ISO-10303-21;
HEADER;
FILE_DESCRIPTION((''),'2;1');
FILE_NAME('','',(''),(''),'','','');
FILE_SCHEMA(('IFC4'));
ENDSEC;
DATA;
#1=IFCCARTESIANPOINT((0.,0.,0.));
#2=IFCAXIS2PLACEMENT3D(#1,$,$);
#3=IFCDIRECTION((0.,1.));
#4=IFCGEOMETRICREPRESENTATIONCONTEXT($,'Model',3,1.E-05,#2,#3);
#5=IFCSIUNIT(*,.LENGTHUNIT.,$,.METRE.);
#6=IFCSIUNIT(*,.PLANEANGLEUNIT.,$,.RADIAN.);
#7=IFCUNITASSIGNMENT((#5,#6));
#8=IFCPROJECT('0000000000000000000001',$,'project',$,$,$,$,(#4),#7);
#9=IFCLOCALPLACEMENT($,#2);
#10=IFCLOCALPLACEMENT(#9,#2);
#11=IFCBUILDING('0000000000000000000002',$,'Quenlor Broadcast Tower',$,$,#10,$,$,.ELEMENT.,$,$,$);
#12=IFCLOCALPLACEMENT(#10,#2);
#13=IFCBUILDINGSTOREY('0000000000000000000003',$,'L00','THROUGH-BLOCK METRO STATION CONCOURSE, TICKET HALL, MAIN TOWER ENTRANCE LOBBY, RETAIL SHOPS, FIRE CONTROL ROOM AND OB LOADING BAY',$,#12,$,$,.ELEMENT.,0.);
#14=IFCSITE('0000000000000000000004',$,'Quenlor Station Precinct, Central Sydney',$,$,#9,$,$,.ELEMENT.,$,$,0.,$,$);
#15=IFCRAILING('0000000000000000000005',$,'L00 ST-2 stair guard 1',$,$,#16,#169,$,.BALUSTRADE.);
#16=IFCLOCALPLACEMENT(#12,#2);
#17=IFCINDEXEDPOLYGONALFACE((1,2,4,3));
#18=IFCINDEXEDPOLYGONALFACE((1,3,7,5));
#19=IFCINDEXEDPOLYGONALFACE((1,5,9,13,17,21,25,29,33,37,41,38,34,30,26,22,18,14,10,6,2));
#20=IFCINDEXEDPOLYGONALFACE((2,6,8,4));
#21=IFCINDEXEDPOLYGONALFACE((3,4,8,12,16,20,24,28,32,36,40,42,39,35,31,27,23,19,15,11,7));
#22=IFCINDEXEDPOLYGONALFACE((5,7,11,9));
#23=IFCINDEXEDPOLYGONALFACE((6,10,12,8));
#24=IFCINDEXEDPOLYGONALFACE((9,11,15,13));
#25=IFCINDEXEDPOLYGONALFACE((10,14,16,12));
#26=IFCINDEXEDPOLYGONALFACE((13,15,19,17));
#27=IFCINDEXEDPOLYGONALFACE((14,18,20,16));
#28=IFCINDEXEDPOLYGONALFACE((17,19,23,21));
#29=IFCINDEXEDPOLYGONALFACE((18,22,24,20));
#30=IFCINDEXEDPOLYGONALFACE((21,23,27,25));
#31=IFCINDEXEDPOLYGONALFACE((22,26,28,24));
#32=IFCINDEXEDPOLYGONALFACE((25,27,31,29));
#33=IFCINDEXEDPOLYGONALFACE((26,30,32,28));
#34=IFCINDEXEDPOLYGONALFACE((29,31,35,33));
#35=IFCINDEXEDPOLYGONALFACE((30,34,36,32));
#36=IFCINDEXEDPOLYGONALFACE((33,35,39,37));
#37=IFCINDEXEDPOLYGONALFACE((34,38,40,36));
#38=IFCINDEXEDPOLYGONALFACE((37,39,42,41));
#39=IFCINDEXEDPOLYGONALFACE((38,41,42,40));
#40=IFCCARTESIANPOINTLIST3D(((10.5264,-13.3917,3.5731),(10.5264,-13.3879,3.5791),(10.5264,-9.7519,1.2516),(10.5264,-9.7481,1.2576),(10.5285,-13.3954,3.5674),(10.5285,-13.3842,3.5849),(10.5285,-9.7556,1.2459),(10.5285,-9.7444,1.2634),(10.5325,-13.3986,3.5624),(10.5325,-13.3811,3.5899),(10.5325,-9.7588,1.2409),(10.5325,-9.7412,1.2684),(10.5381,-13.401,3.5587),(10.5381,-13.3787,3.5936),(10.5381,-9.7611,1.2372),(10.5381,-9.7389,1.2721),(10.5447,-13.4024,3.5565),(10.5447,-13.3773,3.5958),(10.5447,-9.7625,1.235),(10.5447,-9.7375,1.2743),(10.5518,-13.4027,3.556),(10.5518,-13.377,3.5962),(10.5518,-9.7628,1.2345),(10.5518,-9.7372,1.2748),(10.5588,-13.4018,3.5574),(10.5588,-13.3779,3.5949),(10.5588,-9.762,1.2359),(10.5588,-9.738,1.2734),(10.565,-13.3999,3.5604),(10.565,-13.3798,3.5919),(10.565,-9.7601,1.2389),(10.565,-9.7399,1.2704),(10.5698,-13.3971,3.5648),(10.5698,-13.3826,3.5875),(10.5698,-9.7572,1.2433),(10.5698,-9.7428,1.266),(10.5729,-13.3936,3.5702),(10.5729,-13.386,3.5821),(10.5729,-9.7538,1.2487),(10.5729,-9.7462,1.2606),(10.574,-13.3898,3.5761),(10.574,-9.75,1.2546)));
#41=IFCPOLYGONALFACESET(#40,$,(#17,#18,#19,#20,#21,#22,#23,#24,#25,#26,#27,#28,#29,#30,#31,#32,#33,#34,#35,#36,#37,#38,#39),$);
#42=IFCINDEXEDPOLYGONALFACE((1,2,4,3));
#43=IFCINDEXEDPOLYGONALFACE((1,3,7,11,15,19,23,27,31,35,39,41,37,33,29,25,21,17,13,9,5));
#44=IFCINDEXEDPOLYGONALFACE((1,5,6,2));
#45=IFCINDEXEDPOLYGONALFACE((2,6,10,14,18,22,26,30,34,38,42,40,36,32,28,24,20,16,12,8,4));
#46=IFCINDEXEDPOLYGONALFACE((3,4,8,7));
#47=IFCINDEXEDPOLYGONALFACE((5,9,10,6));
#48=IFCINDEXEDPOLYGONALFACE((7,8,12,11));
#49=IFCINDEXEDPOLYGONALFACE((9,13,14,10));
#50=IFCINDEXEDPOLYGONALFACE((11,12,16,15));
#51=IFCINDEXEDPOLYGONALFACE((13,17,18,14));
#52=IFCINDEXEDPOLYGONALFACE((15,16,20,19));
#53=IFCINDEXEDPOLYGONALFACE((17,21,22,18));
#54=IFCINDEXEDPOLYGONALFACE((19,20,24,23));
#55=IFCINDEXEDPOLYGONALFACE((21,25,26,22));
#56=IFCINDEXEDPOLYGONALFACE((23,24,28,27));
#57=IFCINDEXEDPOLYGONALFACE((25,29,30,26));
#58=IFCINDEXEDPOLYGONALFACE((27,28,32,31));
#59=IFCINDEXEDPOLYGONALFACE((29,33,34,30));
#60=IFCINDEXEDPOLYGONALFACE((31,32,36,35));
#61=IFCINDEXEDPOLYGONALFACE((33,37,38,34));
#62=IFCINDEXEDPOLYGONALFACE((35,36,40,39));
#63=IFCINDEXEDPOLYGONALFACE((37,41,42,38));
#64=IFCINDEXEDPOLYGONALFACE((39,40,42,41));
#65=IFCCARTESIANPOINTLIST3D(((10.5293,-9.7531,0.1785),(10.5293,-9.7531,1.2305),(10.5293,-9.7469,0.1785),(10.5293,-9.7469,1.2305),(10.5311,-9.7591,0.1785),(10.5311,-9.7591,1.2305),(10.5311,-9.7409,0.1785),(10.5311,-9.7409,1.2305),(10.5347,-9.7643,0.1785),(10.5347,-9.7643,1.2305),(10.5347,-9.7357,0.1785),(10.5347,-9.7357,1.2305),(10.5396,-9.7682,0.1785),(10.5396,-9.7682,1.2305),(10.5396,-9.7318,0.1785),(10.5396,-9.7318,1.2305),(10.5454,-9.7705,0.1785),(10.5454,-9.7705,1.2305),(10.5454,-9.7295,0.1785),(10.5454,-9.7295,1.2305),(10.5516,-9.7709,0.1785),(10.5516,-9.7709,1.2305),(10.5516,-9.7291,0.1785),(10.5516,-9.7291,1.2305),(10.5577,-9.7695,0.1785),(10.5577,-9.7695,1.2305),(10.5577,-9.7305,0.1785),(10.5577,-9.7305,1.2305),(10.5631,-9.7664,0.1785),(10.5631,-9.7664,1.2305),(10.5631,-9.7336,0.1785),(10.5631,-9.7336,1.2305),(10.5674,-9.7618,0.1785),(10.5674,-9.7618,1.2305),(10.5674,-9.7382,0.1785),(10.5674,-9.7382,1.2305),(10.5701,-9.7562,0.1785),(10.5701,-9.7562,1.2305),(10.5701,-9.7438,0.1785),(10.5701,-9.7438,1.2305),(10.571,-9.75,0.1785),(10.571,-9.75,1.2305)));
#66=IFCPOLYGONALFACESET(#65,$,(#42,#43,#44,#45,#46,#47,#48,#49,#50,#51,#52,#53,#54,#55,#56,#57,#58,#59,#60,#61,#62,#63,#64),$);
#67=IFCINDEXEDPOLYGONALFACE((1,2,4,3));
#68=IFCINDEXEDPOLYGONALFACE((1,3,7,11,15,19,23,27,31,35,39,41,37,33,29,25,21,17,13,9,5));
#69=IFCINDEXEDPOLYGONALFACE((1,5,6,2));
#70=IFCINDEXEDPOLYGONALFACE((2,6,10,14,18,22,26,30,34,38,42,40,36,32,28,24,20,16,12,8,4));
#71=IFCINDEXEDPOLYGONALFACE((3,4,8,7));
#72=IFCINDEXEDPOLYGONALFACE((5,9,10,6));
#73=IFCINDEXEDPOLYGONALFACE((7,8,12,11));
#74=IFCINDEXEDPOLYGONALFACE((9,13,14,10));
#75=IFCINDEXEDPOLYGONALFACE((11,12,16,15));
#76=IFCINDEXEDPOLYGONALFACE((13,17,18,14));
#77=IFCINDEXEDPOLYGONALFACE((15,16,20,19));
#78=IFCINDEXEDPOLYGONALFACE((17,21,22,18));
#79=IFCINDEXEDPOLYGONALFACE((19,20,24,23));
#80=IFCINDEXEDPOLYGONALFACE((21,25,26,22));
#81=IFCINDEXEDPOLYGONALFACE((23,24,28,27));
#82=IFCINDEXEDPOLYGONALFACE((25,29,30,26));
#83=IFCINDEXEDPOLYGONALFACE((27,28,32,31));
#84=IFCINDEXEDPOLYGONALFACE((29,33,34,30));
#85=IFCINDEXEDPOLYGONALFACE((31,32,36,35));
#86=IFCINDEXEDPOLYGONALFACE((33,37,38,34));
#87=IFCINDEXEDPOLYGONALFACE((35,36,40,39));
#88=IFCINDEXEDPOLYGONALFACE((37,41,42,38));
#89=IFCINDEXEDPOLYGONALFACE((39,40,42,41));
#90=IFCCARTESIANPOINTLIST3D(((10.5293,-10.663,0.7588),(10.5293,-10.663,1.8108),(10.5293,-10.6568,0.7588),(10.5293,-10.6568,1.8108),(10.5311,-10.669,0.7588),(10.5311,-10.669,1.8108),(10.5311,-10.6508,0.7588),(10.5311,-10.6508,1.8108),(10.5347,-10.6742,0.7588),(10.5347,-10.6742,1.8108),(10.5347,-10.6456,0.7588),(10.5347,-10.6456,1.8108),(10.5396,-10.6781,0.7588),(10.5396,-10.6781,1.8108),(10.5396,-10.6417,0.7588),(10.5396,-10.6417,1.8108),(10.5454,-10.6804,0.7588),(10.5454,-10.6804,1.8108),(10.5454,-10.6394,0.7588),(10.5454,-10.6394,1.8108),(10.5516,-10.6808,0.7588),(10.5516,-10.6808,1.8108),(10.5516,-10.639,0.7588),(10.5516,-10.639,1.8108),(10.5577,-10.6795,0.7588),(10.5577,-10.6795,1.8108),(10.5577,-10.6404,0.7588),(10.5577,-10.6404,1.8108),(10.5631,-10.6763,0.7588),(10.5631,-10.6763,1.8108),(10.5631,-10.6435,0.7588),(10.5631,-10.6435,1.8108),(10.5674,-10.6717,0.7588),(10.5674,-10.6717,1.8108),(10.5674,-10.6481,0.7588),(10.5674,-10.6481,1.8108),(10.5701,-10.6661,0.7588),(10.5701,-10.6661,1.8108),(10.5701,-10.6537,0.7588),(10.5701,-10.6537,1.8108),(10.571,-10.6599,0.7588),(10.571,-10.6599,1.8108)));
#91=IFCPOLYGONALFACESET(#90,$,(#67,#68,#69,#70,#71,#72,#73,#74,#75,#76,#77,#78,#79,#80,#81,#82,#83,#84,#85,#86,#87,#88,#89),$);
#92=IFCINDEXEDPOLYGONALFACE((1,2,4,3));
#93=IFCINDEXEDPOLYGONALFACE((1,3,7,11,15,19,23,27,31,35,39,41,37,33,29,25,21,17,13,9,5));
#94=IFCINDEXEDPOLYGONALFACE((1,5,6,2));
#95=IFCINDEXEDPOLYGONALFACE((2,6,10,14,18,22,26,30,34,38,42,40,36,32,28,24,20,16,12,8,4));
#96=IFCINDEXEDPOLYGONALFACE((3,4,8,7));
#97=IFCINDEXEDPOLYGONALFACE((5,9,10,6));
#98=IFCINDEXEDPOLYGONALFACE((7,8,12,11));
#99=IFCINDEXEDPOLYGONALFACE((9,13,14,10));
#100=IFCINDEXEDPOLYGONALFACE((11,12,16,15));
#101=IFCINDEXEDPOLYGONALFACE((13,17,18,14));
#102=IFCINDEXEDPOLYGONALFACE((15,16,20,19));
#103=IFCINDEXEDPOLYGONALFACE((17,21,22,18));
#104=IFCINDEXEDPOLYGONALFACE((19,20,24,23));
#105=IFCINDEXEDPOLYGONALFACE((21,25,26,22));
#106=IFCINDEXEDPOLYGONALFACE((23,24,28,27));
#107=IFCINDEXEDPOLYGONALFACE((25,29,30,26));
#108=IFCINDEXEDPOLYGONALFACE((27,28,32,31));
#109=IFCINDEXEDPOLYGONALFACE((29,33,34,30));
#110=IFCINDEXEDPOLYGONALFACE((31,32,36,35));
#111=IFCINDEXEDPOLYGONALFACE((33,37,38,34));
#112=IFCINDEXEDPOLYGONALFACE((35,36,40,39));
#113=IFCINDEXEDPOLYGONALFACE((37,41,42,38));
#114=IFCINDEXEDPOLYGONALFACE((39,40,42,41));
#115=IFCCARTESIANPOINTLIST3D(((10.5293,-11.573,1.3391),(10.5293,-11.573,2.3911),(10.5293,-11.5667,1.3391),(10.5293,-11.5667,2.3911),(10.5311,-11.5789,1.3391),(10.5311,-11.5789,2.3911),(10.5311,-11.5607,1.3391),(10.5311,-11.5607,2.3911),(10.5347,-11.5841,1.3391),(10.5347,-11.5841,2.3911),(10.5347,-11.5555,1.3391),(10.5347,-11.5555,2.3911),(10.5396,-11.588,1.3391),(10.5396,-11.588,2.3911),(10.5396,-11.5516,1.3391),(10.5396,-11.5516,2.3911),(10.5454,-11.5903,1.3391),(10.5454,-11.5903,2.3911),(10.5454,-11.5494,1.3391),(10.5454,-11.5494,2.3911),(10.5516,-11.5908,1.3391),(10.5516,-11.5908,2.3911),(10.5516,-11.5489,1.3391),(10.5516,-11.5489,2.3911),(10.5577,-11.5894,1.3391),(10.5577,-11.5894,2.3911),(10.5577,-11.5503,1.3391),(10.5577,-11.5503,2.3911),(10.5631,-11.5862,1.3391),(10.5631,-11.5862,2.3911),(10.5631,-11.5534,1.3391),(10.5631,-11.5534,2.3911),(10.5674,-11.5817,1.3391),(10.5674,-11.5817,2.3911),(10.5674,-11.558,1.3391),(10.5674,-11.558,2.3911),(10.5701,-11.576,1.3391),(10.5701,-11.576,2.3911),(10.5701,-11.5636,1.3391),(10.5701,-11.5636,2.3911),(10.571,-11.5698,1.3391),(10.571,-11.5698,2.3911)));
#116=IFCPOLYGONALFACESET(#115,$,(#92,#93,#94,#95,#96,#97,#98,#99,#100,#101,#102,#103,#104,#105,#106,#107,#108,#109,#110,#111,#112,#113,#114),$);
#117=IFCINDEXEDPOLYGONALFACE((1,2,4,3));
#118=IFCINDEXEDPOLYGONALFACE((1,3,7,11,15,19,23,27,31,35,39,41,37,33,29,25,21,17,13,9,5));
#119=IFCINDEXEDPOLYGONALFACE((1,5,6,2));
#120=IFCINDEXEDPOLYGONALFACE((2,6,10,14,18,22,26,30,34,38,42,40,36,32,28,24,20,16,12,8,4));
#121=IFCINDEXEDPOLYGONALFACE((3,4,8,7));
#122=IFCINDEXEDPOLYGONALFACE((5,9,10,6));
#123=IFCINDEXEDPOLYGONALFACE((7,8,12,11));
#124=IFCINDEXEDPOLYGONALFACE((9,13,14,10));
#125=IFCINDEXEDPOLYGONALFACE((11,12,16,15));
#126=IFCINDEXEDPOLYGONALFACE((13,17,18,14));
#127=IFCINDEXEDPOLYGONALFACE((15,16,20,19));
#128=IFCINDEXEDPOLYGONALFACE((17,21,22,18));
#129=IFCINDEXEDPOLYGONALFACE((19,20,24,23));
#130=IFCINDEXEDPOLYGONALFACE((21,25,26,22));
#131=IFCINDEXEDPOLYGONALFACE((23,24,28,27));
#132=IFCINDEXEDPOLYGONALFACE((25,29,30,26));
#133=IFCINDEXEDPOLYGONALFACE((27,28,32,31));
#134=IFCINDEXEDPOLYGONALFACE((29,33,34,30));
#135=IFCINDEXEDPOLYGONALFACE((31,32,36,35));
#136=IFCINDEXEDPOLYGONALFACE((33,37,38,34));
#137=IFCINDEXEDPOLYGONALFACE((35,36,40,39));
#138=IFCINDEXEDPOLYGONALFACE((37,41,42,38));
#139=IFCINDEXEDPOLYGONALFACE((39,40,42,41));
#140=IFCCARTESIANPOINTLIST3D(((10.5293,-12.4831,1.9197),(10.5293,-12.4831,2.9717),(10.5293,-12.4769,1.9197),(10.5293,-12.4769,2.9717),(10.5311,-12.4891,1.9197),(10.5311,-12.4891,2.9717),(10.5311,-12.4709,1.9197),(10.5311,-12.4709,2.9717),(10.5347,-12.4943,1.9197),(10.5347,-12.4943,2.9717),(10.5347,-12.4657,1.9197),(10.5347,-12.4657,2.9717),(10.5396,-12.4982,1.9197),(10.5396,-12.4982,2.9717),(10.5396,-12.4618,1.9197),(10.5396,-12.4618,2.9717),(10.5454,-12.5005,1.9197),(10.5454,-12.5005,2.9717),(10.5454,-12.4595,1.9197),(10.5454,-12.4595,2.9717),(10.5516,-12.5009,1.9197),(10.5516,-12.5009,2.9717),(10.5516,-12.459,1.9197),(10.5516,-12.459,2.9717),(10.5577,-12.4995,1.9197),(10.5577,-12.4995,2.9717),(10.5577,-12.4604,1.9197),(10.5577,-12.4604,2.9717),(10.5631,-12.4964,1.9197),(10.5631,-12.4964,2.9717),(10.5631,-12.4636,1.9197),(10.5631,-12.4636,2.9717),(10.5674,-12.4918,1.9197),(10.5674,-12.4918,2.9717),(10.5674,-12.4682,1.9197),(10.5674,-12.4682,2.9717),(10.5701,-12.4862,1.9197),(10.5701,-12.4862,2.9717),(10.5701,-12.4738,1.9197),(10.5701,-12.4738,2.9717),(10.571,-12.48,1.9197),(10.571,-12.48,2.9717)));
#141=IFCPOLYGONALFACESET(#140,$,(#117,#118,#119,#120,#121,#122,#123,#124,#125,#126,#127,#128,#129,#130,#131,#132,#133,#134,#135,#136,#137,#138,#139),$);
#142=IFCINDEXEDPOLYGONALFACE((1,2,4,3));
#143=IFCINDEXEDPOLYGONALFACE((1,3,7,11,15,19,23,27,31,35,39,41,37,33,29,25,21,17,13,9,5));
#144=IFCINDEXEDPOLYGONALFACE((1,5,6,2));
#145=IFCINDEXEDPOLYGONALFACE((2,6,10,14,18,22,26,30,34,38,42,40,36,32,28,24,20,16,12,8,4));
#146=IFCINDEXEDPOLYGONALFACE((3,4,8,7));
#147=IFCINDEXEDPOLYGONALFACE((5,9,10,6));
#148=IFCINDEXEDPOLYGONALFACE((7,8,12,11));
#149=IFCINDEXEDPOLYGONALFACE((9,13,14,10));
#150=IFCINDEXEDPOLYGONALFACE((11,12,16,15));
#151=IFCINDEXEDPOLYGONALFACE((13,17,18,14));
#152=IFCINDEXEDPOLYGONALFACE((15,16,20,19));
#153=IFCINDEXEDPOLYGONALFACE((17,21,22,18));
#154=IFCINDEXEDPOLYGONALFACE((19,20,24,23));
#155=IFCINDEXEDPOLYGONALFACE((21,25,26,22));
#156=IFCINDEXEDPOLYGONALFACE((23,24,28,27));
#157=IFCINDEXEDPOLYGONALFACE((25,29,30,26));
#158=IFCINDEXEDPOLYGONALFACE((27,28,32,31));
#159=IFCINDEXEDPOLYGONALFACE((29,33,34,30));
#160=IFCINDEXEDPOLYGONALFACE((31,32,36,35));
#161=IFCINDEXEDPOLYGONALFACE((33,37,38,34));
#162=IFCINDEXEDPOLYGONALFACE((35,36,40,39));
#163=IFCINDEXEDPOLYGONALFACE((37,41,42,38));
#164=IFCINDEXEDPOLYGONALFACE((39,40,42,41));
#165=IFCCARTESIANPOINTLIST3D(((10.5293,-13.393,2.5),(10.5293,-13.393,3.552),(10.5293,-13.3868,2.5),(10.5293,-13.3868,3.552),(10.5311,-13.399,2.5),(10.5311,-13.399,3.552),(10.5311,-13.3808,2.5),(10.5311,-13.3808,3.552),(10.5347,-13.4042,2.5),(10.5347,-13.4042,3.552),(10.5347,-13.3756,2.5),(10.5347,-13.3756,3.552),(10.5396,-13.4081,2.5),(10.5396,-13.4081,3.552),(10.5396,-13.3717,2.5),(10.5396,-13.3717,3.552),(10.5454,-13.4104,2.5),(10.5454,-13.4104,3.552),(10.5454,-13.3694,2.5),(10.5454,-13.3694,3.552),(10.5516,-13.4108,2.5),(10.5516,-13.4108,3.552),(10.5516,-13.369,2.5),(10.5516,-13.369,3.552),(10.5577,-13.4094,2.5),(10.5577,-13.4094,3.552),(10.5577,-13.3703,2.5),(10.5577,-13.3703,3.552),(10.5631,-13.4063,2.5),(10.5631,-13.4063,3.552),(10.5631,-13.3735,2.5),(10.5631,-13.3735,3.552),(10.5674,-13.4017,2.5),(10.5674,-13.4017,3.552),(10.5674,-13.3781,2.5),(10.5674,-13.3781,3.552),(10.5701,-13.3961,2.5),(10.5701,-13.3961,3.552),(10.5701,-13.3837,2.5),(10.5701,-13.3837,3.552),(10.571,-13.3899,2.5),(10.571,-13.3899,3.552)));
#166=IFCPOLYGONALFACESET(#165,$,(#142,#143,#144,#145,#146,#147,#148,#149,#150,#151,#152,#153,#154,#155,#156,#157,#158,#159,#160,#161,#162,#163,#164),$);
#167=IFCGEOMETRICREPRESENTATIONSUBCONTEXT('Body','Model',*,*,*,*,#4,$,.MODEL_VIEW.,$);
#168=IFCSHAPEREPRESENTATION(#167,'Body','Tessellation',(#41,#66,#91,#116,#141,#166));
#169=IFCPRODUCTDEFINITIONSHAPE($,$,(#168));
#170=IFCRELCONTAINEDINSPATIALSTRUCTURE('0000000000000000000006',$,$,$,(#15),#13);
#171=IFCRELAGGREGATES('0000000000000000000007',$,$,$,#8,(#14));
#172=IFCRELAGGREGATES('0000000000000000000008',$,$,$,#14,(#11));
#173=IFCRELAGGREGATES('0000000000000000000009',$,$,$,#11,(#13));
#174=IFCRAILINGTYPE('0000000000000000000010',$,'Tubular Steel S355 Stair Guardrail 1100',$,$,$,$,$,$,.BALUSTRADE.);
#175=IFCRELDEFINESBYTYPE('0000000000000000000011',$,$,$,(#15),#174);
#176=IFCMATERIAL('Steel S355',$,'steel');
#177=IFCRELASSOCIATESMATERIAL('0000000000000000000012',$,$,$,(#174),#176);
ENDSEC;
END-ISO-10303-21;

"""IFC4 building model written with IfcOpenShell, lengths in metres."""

from ifc_helpers import new_model, si_unit, direction, frame, origin, origin_2d, place, context, subcontext, project, spatial, circle, extrude, material, type_object, element, save


model = new_model("IFC4")

# Units and contexts
model_context = context("Model", 3, precision=1e-05, world=origin(), true_north=direction((0.0, 1.0)))
body_context = subcontext(model_context, "Body", "Model", "MODEL_VIEW")
ifc_project = project(units=[si_unit("LENGTHUNIT", "METRE"), si_unit("PLANEANGLEUNIT", "RADIAN")], contexts=[model_context])

# Site, building, storey
site_placement = place(None, origin())
site = spatial("IfcSite", under=ifc_project, at=site_placement, Name="Quenlor Station Precinct, Central Sydney", CompositionType="ELEMENT", RefElevation=0.0)
building_placement = place(site_placement, origin())
building = spatial("IfcBuilding", under=site, at=building_placement, Name="Quenlor Broadcast Tower", CompositionType="ELEMENT")
storey_placement = place(building_placement, origin())
storey = spatial("IfcBuildingStorey", under=building, at=storey_placement, Name="L00", Description="THROUGH-BLOCK METRO STATION CONCOURSE, TICKET HALL, MAIN TOWER ENTRANCE LOBBY, RETAIL SHOPS, FIRE CONTROL ROOM AND OB LOADING BAY", CompositionType="ELEMENT", Elevation=0.0)

# Railing
ifc_material_1 = material(Name="Steel S355", Category="steel")
railing_type_1 = type_object("IfcRailingType", Name="Tubular Steel S355 Stair Guardrail 1100", PredefinedType="BALUSTRADE", material=ifc_material_1)
railing_1_placement = place(storey_placement, frame((10.55, -9.75, 0.1785)))
element("IfcRailing", 1, at=railing_1_placement, inside=storey, type_object=railing_type_1, Name="L00 ST-2 stair guard 1", PredefinedType="BALUSTRADE", context=body_context, shape_type="SweptSolid", body=[
    extrude(circle(Radius=0.0239, at=origin_2d()), frame((0.0, 0.0, 1.0762), z_axis=(0.0, -0.843112, 0.537739), x_axis=(1.0, 0.0, 0.0)), (0.0, 0.0, 1.0), 4.3171),
    extrude(circle(Radius=0.021, at=origin_2d()), origin(), (0.0, 0.0, 1.0), 1.052),
    extrude(circle(Radius=0.021, at=origin_2d()), frame((0.0, -0.9099, 0.5803)), (0.0, 0.0, 1.0), 1.052),
    extrude(circle(Radius=0.021, at=origin_2d()), frame((0.0, -1.8198, 1.1606)), (0.0, 0.0, 1.0), 1.052),
    extrude(circle(Radius=0.021, at=origin_2d()), frame((0.0, -2.73, 1.7412)), (0.0, 0.0, 1.0), 1.052),
    extrude(circle(Radius=0.021, at=origin_2d()), frame((0.0, -3.6399, 2.3215)), (0.0, 0.0, 1.0), 1.052),
])

save(model, "model.ifc")
